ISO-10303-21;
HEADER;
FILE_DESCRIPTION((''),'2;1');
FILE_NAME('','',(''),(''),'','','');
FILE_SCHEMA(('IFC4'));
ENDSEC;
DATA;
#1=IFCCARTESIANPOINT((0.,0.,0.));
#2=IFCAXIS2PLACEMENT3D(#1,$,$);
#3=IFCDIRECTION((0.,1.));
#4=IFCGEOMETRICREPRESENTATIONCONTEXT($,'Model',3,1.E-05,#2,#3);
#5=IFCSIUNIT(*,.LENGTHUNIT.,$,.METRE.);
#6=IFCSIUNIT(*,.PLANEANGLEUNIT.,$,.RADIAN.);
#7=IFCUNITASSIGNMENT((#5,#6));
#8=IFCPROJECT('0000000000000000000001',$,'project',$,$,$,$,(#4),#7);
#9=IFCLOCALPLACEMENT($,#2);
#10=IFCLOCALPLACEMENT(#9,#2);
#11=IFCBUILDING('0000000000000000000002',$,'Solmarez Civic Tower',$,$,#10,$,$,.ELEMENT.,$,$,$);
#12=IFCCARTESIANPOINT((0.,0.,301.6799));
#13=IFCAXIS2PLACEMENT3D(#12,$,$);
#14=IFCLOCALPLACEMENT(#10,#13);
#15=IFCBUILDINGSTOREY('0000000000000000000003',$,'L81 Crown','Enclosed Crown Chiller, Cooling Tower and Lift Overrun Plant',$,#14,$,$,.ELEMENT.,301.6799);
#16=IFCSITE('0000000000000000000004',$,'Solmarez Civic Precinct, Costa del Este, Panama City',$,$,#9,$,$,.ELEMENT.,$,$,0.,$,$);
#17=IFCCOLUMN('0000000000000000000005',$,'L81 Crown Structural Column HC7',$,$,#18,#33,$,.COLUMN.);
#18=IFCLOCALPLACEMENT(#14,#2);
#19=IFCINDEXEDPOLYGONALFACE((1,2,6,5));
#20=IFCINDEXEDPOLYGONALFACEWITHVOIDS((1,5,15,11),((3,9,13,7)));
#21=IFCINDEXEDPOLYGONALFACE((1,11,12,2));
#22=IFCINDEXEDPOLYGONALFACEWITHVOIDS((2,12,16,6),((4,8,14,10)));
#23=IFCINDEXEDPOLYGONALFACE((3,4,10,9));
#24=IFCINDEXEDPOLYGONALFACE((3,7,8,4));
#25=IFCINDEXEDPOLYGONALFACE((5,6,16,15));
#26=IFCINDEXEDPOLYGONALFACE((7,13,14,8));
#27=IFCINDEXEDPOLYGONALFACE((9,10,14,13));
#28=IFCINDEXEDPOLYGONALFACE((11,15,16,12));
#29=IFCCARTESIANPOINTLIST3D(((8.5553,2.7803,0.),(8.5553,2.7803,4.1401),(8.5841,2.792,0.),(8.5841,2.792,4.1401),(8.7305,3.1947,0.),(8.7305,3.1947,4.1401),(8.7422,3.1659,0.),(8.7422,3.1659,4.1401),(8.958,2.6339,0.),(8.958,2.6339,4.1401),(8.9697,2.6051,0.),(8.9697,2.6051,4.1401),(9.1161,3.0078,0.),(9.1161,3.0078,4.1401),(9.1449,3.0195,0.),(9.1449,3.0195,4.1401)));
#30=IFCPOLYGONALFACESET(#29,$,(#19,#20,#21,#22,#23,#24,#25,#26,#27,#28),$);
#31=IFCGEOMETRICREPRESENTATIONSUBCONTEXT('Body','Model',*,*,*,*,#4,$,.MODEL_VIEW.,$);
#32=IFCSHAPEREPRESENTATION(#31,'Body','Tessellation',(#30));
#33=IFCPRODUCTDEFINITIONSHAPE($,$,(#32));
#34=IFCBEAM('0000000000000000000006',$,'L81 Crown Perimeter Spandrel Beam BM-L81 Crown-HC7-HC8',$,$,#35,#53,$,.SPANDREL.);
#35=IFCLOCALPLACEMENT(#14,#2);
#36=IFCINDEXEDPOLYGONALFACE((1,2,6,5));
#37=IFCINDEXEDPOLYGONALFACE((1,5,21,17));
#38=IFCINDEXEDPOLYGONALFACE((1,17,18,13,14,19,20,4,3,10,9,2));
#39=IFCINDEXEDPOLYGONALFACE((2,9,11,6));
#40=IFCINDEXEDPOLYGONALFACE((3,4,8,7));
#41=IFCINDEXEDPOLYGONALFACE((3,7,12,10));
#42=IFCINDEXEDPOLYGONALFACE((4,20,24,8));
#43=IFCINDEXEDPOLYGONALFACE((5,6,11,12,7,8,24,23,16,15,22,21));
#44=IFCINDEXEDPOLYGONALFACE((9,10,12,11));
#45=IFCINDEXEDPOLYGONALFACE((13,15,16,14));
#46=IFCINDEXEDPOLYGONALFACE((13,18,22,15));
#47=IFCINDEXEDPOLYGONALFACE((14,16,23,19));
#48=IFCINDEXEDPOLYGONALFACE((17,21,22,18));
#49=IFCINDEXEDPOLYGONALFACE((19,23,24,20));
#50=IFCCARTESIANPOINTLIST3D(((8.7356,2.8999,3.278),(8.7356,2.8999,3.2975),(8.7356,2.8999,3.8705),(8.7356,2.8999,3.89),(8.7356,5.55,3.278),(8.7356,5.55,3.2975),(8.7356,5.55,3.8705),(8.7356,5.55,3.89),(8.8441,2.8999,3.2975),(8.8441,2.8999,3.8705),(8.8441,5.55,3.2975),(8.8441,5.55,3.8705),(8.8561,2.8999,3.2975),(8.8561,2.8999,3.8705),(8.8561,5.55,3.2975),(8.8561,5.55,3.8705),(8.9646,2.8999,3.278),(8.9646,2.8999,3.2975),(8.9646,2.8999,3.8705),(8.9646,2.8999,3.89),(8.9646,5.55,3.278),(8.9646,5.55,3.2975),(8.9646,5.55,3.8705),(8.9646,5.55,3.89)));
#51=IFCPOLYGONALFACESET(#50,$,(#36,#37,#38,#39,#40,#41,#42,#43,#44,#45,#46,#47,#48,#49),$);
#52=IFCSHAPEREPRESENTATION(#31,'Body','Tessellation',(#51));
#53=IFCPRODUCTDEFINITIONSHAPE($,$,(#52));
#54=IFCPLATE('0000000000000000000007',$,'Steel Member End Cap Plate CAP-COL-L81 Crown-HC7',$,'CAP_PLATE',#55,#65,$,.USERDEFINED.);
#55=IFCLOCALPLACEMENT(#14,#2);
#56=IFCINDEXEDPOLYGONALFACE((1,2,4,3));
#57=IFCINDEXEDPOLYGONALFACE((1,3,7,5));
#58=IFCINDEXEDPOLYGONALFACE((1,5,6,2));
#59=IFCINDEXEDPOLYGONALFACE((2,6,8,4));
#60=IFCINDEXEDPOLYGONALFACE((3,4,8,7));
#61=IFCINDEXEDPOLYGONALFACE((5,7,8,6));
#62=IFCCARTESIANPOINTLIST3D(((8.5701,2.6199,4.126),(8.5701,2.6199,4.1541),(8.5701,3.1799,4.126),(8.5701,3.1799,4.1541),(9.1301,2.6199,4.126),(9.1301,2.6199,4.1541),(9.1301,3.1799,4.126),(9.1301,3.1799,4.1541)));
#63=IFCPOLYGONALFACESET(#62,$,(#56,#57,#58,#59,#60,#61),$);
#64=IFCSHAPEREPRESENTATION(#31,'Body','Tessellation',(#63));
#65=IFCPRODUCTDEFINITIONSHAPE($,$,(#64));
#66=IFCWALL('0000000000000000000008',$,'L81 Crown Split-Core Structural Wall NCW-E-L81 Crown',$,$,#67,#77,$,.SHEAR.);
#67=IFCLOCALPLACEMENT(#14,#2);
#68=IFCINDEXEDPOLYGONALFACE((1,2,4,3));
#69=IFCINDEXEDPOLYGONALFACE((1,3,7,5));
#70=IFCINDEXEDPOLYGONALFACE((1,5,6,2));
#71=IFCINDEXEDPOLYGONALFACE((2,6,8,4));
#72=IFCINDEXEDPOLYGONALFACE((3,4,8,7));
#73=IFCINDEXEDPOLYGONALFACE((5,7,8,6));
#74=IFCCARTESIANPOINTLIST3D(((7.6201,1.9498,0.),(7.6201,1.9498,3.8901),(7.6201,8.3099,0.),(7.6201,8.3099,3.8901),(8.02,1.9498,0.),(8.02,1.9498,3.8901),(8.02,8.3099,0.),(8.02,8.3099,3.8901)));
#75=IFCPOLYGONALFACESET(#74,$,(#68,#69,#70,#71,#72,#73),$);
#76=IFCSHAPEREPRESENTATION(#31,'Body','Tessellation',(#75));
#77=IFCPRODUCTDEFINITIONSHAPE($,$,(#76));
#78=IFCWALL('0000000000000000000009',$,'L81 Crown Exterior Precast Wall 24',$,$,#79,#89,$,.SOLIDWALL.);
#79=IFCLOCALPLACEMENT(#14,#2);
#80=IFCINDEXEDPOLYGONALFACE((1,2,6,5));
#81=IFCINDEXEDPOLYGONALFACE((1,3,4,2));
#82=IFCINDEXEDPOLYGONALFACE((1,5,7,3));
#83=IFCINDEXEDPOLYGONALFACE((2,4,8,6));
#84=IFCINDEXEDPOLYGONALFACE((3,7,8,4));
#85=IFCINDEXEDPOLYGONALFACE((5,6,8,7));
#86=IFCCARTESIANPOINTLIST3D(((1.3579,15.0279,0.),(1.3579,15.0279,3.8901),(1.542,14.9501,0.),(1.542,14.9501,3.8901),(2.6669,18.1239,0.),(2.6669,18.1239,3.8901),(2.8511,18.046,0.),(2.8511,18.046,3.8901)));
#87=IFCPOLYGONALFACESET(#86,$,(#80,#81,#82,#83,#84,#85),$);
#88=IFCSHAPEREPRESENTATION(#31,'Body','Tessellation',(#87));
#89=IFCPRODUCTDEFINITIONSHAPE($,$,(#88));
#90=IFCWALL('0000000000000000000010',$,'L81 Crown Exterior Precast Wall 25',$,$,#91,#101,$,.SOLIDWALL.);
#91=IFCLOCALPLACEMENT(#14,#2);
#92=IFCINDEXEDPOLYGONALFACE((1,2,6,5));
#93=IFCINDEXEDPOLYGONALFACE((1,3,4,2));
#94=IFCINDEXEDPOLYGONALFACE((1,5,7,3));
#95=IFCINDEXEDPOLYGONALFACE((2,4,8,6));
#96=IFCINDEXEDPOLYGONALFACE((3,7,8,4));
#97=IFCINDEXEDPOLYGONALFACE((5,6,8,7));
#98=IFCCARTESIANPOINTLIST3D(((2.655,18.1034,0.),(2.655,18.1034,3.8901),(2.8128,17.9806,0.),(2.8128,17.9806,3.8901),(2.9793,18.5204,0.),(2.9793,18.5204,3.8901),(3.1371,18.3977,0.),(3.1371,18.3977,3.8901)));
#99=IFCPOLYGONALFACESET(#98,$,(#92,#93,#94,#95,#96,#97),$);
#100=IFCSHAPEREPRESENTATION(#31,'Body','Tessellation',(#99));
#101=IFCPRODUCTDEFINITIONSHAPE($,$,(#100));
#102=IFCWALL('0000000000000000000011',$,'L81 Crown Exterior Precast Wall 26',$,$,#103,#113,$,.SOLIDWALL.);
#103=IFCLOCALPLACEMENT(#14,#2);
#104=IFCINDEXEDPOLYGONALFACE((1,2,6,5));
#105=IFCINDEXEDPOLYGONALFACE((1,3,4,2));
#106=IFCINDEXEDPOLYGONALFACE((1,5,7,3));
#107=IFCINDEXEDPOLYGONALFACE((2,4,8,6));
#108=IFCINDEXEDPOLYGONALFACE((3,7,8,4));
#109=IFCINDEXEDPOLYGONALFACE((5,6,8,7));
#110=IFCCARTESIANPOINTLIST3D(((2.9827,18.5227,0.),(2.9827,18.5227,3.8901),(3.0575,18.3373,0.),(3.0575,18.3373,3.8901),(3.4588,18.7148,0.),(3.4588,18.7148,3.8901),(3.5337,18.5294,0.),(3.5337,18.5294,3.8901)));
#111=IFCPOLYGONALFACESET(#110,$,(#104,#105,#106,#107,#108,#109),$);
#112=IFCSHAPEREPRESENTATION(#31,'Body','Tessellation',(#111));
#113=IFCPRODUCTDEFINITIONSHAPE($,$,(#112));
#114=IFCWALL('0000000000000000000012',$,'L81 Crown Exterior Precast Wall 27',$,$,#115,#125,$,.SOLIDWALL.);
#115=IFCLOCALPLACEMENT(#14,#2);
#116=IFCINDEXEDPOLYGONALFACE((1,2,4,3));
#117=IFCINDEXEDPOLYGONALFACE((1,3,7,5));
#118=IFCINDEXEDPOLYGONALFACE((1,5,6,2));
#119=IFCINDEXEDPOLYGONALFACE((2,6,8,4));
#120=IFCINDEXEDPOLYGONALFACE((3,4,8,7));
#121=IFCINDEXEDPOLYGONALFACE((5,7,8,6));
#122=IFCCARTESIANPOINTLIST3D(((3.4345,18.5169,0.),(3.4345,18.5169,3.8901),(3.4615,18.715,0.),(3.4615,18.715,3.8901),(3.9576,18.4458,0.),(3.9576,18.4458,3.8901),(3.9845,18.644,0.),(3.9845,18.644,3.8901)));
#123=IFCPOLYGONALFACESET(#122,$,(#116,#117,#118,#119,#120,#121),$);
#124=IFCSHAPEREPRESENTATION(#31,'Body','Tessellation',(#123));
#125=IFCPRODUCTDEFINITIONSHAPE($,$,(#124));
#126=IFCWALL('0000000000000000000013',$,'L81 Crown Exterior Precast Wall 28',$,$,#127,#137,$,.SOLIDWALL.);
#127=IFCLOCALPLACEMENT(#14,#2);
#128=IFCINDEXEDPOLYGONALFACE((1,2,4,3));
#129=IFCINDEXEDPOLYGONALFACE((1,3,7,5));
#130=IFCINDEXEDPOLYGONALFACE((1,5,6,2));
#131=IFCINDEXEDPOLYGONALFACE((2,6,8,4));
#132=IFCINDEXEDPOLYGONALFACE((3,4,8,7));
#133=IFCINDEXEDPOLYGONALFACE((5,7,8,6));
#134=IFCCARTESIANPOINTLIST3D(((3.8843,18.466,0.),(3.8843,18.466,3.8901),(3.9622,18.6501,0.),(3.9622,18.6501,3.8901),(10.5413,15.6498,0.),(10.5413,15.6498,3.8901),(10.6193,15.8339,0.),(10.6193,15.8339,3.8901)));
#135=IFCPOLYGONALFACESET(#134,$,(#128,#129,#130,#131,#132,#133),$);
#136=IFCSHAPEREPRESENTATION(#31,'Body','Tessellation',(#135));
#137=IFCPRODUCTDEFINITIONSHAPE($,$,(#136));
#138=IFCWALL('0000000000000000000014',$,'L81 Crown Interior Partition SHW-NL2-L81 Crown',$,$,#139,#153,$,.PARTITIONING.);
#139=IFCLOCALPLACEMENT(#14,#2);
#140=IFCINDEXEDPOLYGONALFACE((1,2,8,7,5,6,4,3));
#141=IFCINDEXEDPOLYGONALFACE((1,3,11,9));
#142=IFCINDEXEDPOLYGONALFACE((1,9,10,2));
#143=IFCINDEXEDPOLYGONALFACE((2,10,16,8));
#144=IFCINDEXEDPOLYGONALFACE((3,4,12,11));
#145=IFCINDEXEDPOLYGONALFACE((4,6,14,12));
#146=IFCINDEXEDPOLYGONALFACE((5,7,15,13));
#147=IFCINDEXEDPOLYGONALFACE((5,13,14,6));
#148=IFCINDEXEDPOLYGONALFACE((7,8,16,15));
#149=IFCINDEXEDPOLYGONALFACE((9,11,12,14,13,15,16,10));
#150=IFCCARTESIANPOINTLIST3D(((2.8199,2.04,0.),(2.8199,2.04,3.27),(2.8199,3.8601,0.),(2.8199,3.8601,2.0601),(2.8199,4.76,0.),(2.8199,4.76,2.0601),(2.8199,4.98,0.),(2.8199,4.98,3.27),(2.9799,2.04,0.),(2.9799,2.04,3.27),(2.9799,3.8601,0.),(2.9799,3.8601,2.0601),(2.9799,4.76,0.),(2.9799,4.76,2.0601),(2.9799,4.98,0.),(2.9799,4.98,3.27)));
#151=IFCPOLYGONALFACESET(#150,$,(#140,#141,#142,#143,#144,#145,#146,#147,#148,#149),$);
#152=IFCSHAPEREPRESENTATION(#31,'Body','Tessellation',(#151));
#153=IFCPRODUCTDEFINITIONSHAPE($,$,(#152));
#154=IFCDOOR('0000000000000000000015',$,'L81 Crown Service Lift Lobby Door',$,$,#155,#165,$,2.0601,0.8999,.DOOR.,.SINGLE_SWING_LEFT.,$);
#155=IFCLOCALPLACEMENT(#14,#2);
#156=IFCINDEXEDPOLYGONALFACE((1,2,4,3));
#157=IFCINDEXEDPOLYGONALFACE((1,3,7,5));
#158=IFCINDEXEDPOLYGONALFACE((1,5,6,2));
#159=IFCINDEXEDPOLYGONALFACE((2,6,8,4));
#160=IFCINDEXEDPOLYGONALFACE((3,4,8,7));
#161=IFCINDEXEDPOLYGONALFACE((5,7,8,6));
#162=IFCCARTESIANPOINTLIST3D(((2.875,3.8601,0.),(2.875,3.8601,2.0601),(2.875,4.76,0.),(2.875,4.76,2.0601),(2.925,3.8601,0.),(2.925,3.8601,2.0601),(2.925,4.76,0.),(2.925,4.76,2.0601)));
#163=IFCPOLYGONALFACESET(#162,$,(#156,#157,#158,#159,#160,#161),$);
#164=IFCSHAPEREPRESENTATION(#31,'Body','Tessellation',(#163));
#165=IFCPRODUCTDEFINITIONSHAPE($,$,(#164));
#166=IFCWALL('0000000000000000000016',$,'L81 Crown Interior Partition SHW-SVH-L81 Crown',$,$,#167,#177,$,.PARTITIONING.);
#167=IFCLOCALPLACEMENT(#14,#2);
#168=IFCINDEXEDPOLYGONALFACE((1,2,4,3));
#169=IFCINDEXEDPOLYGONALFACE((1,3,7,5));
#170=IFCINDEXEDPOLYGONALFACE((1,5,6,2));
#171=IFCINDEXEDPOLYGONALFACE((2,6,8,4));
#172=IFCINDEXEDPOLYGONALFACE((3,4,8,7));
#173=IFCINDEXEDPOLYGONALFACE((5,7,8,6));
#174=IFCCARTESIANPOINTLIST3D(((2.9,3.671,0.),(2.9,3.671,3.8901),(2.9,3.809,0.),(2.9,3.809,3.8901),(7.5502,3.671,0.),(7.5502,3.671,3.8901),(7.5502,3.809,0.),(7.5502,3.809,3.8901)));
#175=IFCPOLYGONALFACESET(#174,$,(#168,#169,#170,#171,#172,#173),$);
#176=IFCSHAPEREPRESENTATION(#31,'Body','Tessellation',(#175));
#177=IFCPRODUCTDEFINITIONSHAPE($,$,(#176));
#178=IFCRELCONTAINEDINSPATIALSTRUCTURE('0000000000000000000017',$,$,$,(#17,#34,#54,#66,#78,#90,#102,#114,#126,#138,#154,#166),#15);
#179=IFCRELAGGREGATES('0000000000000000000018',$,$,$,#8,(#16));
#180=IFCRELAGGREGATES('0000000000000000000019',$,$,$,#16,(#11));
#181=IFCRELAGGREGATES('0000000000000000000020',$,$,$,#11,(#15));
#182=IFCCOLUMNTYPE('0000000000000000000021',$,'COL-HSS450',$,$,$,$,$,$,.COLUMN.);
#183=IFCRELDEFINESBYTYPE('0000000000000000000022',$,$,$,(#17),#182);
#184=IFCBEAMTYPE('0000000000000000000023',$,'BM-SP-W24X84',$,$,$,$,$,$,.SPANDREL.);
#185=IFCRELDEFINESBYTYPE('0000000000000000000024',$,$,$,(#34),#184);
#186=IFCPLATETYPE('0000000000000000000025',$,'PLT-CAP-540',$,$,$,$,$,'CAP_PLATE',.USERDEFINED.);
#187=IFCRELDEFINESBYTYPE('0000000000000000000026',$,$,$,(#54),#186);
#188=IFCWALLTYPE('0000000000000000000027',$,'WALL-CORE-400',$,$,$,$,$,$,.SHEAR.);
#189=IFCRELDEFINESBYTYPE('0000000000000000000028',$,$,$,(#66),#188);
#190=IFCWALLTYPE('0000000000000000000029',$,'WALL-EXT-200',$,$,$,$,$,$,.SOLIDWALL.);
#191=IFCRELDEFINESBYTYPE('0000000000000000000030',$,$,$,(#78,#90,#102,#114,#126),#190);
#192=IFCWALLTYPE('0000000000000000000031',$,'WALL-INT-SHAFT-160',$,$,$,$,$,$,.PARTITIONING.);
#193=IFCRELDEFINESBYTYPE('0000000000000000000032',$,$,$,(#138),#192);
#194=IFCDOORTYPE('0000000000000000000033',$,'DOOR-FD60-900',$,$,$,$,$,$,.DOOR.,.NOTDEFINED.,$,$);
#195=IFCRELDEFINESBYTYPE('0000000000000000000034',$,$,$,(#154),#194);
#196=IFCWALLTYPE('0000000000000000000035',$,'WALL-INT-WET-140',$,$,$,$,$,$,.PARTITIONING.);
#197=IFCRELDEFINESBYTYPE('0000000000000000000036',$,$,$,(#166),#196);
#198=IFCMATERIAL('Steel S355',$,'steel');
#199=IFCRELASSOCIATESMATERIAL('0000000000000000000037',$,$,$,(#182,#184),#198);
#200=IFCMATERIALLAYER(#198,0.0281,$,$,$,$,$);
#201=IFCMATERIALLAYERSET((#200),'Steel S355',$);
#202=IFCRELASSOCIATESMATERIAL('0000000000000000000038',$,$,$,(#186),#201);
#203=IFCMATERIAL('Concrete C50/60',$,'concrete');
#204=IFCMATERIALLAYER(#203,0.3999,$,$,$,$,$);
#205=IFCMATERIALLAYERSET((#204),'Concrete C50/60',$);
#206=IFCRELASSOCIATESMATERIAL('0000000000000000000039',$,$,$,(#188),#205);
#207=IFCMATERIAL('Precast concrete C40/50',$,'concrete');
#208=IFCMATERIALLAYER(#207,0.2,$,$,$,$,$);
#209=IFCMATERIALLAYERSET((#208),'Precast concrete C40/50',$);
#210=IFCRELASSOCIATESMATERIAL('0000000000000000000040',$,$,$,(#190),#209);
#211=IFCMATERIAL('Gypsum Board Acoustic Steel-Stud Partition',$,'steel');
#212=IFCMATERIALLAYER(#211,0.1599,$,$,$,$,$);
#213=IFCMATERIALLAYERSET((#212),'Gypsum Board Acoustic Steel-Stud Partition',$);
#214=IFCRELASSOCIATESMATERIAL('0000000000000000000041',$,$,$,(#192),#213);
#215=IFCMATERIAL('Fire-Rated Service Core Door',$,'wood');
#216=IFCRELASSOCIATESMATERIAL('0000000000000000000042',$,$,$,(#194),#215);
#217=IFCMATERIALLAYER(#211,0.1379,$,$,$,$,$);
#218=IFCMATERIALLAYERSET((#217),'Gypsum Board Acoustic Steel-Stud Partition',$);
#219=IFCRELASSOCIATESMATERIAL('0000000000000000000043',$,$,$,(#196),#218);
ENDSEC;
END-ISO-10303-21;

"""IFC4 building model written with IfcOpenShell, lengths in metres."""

from ifc_helpers import new_model, si_unit, direction, frame, frame_2d, origin, origin_2d, place, context, subcontext, project, spatial, rectangle, hollow_rectangle, i_section, extrude, material, layer, layer_set, material_profile, profile_set, type_object, element, fill, save


model = new_model("IFC4")

# Units and contexts
model_context = context("Model", 3, precision=1e-05, world=origin(), true_north=direction((0.0, 1.0)))
body_context = subcontext(model_context, "Body", "Model", "MODEL_VIEW")
ifc_project = project(units=[si_unit("LENGTHUNIT", "METRE"), si_unit("PLANEANGLEUNIT", "RADIAN")], contexts=[model_context])

# Site, building, storey
site_placement = place(None, origin())
site = spatial("IfcSite", under=ifc_project, at=site_placement, Name="Solmarez Civic Precinct, Costa del Este, Panama City", CompositionType="ELEMENT", RefElevation=0.0)
building_placement = place(site_placement, origin())
building = spatial("IfcBuilding", under=site, at=building_placement, Name="Solmarez Civic Tower", CompositionType="ELEMENT")
storey_placement = place(building_placement, frame((0.0, 0.0, 301.6799)))
storey = spatial("IfcBuildingStorey", under=building, at=storey_placement, Name="L81 Crown", Description="Enclosed Crown Chiller, Cooling Tower and Lift Overrun Plant", CompositionType="ELEMENT", Elevation=301.6799)

# Column
ifc_material_1 = material(Name="Steel S355", Category="steel")
ifc_material_profile_1 = material_profile(ifc_material_1, hollow_rectangle(XDim=0.45, YDim=0.45, WallThickness=0.022, at=origin_2d()), Name="HSS450X450X22")
ifc_profile_set_1 = profile_set([ifc_material_profile_1], Name="Steel S355")
column_type = type_object("IfcColumnType", Name="COL-HSS450", PredefinedType="COLUMN", material=ifc_profile_set_1)
column_placement = place(storey_placement, frame((8.8501, 2.8999, 0.0), z_axis=(0.0, 0.0, 1.0), x_axis=(0.389445, 0.92105, 0.0)))
element("IfcColumn", 1, at=column_placement, inside=storey, type_object=column_type, Name="L81 Crown Structural Column HC7", PredefinedType="COLUMN", context=body_context, shape_type="SweptSolid", body=[
    extrude(hollow_rectangle(XDim=0.45, YDim=0.45, WallThickness=0.022, at=origin_2d()), origin(), (0.0, 0.0, 1.0), 4.1401),
])

# Beam
ifc_material_profile_2 = material_profile(ifc_material_1, i_section(OverallWidth=0.229, OverallDepth=0.6121, WebThickness=0.012, FlangeThickness=0.0195, at=origin_2d()), Name="W24X84")
ifc_profile_set_2 = profile_set([ifc_material_profile_2], Name="Steel S355")
beam_type = type_object("IfcBeamType", Name="BM-SP-W24X84", PredefinedType="SPANDREL", material=ifc_profile_set_2)
beam_placement = place(storey_placement, frame((8.8501, 2.8999, 3.584), z_axis=(0.0, 1.0, 0.0), x_axis=(-1.0, 0.0, 0.0)))
element("IfcBeam", 2, at=beam_placement, inside=storey, type_object=beam_type, Name="L81 Crown Perimeter Spandrel Beam BM-L81 Crown-HC7-HC8", PredefinedType="SPANDREL", context=body_context, shape_type="SweptSolid", body=[
    extrude(i_section(OverallWidth=0.229, OverallDepth=0.6121, WebThickness=0.012, FlangeThickness=0.0195, at=origin_2d()), origin(), (0.0, 0.0, 1.0), 2.6501),
])

# Plate
ifc_layer_1 = layer(ifc_material_1, 0.0281)
ifc_layer_set_1 = layer_set([ifc_layer_1], Name="Steel S355")
plate_type = type_object("IfcPlateType", Name="PLT-CAP-540", ElementType="CAP_PLATE", PredefinedType="USERDEFINED", material=ifc_layer_set_1)
plate_placement = place(storey_placement, frame((8.8501, 2.8999, 4.126), z_axis=(0.0, 0.0, 1.0), x_axis=(1.0, 0.0, 0.0)))
element("IfcPlate", 3, at=plate_placement, inside=storey, type_object=plate_type, Name="Steel Member End Cap Plate CAP-COL-L81 Crown-HC7", ObjectType="CAP_PLATE", PredefinedType="USERDEFINED", context=body_context, shape_type="SweptSolid", body=[
    extrude(rectangle(XDim=0.5601, YDim=0.5601, at=origin_2d()), origin(), (0.0, 0.0, 1.0), 0.0281),
])

# Walls
ifc_material_2 = material(Name="Concrete C50/60", Category="concrete")
ifc_layer_2 = layer(ifc_material_2, 0.3999)
ifc_layer_set_2 = layer_set([ifc_layer_2], Name="Concrete C50/60")
wall_type_1 = type_object("IfcWallType", Name="WALL-CORE-400", PredefinedType="SHEAR", material=ifc_layer_set_2)
wall_1_placement = place(storey_placement, frame((7.8201, 8.3101, 0.0), z_axis=(0.0, 0.0, 1.0), x_axis=(0.0, -1.0, 0.0)))
element("IfcWall", 4, at=wall_1_placement, inside=storey, type_object=wall_type_1, Name="L81 Crown Split-Core Structural Wall NCW-E-L81 Crown", PredefinedType="SHEAR", context=body_context, shape_type="SweptSolid", body=[
    extrude(rectangle(XDim=6.3601, YDim=0.3999, at=frame_2d((3.1802, 0.0))), origin(), (0.0, 0.0, 1.0), 3.8901),
])
ifc_material_3 = material(Name="Precast concrete C40/50", Category="concrete")
ifc_layer_3 = layer(ifc_material_3, 0.2)
ifc_layer_set_3 = layer_set([ifc_layer_3], Name="Precast concrete C40/50")
wall_type_2 = type_object("IfcWallType", Name="WALL-EXT-200", PredefinedType="SOLIDWALL", material=ifc_layer_set_3)
wall_2_placement = place(storey_placement, frame((1.45, 14.989, 0.0), z_axis=(0.0, 0.0, 1.0), x_axis=(0.389453, 0.921046, 0.0)))
element("IfcWall", 5, at=wall_2_placement, inside=storey, type_object=wall_type_2, Name="L81 Crown Exterior Precast Wall 24", PredefinedType="SOLIDWALL", context=body_context, shape_type="SweptSolid", body=[
    extrude(rectangle(XDim=3.3613, YDim=0.2, at=frame_2d((1.6807, 0.0))), origin(), (0.0, 0.0, 1.0), 3.8901),
])
wall_3_placement = place(storey_placement, frame((2.7339, 18.042, 0.0), z_axis=(0.0, 0.0, 1.0), x_axis=(0.613813, 0.789452, 0.0)))
element("IfcWall", 6, at=wall_3_placement, inside=storey, type_object=wall_type_2, Name="L81 Crown Exterior Precast Wall 25", PredefinedType="SOLIDWALL", context=body_context, shape_type="SweptSolid", body=[
    extrude(rectangle(XDim=0.5283, YDim=0.2, at=frame_2d((0.2642, 0.0))), origin(), (0.0, 0.0, 1.0), 3.8901),
])
wall_4_placement = place(storey_placement, frame((3.02, 18.4299, 0.0), z_axis=(0.0, 0.0, 1.0), x_axis=(0.927324, 0.374259, 0.0)))
element("IfcWall", 7, at=wall_4_placement, inside=storey, type_object=wall_type_2, Name="L81 Crown Exterior Precast Wall 26", PredefinedType="SOLIDWALL", context=body_context, shape_type="SweptSolid", body=[
    extrude(rectangle(XDim=0.5134, YDim=0.2, at=frame_2d((0.2568, 0.0))), origin(), (0.0, 0.0, 1.0), 3.8901),
])
wall_5_placement = place(storey_placement, frame((3.448, 18.616, 0.0), z_axis=(0.0, 0.0, 1.0), x_axis=(0.990898, -0.134618, 0.0)))
element("IfcWall", 8, at=wall_5_placement, inside=storey, type_object=wall_type_2, Name="L81 Crown Exterior Precast Wall 27", PredefinedType="SOLIDWALL", context=body_context, shape_type="SweptSolid", body=[
    extrude(rectangle(XDim=0.5278, YDim=0.2, at=frame_2d((0.2639, 0.0))), origin(), (0.0, 0.0, 1.0), 3.8901),
])
wall_6_placement = place(storey_placement, frame((3.9231, 18.5581, 0.0), z_axis=(0.0, 0.0, 1.0), x_axis=(0.92098, -0.38961, 0.0)))
element("IfcWall", 9, at=wall_6_placement, inside=storey, type_object=wall_type_2, Name="L81 Crown Exterior Precast Wall 28", PredefinedType="SOLIDWALL", context=body_context, shape_type="SweptSolid", body=[
    extrude(rectangle(XDim=7.2283, YDim=0.2, at=frame_2d((3.6143, 0.0))), origin(), (0.0, 0.0, 1.0), 3.8901),
])

# Wall, opening, door
ifc_material_4 = material(Name="Gypsum Board Acoustic Steel-Stud Partition", Category="steel")
ifc_layer_4 = layer(ifc_material_4, 0.1599)
ifc_layer_set_4 = layer_set([ifc_layer_4], Name="Gypsum Board Acoustic Steel-Stud Partition")
wall_type_3 = type_object("IfcWallType", Name="WALL-INT-SHAFT-160", PredefinedType="PARTITIONING", material=ifc_layer_set_4)
wall_7_placement = place(storey_placement, frame((2.8999, 2.04, 0.0), z_axis=(0.0, 0.0, 1.0), x_axis=(0.0, 1.0, 0.0)))
wall_7 = element("IfcWall", 10, at=wall_7_placement, inside=storey, type_object=wall_type_3, Name="L81 Crown Interior Partition SHW-NL2-L81 Crown", PredefinedType="PARTITIONING", context=body_context, shape_type="SweptSolid", body=[
    extrude(rectangle(XDim=2.9399, YDim=0.1599, at=frame_2d((1.47, 0.0))), origin(), (0.0, 0.0, 1.0), 3.27),
])
opening_1_placement = place(wall_7_placement, frame((1.8201, 0.0, 0.0)))
opening_1 = element("IfcOpeningElement", 11, at=opening_1_placement, cuts=wall_7, PredefinedType="OPENING", context=body_context, shape_type="SweptSolid", body=[
    extrude(rectangle(XDim=0.8999, YDim=2.0601, at=frame_2d((0.45, 1.03))), frame((0.0, 0.0898, 0.0), z_axis=(0.0, -1.0, 0.0), x_axis=(1.0, 0.0, 0.0)), (0.0, 0.0, 1.0), 0.1799),
])
ifc_material_5 = material(Name="Fire-Rated Service Core Door", Category="wood")
door_type_1 = type_object("IfcDoorType", Name="DOOR-FD60-900", OperationType="NOTDEFINED", PredefinedType="DOOR", material=ifc_material_5)
door_1_placement = place(opening_1_placement, origin())
door_1 = element("IfcDoor", 12, at=door_1_placement, inside=storey, type_object=door_type_1, Name="L81 Crown Service Lift Lobby Door", OperationType="SINGLE_SWING_LEFT", OverallHeight=2.0601, OverallWidth=0.8999, PredefinedType="DOOR", context=body_context, shape_type="SweptSolid", body=[
    extrude(rectangle(XDim=0.8999, YDim=2.0601, at=frame_2d((0.45, 1.03))), frame((0.0, 0.0249, 0.0), z_axis=(0.0, -1.0, 0.0), x_axis=(1.0, 0.0, 0.0)), (0.0, 0.0, 1.0), 0.05),
])
fill(opening_1, door_1)

# Wall
ifc_layer_5 = layer(ifc_material_4, 0.1379)
ifc_layer_set_5 = layer_set([ifc_layer_5], Name="Gypsum Board Acoustic Steel-Stud Partition")
wall_type_4 = type_object("IfcWallType", Name="WALL-INT-WET-140", PredefinedType="PARTITIONING", material=ifc_layer_set_5)
wall_8_placement = place(storey_placement, frame((2.8999, 3.74, 0.0), z_axis=(0.0, 0.0, 1.0), x_axis=(1.0, 0.0, 0.0)))
element("IfcWall", 13, at=wall_8_placement, inside=storey, type_object=wall_type_4, Name="L81 Crown Interior Partition SHW-SVH-L81 Crown", PredefinedType="PARTITIONING", context=body_context, shape_type="SweptSolid", body=[
    extrude(rectangle(XDim=4.6501, YDim=0.1379, at=frame_2d((2.3252, 0.0))), origin(), (0.0, 0.0, 1.0), 3.8901),
])

save(model, "model.ifc")
